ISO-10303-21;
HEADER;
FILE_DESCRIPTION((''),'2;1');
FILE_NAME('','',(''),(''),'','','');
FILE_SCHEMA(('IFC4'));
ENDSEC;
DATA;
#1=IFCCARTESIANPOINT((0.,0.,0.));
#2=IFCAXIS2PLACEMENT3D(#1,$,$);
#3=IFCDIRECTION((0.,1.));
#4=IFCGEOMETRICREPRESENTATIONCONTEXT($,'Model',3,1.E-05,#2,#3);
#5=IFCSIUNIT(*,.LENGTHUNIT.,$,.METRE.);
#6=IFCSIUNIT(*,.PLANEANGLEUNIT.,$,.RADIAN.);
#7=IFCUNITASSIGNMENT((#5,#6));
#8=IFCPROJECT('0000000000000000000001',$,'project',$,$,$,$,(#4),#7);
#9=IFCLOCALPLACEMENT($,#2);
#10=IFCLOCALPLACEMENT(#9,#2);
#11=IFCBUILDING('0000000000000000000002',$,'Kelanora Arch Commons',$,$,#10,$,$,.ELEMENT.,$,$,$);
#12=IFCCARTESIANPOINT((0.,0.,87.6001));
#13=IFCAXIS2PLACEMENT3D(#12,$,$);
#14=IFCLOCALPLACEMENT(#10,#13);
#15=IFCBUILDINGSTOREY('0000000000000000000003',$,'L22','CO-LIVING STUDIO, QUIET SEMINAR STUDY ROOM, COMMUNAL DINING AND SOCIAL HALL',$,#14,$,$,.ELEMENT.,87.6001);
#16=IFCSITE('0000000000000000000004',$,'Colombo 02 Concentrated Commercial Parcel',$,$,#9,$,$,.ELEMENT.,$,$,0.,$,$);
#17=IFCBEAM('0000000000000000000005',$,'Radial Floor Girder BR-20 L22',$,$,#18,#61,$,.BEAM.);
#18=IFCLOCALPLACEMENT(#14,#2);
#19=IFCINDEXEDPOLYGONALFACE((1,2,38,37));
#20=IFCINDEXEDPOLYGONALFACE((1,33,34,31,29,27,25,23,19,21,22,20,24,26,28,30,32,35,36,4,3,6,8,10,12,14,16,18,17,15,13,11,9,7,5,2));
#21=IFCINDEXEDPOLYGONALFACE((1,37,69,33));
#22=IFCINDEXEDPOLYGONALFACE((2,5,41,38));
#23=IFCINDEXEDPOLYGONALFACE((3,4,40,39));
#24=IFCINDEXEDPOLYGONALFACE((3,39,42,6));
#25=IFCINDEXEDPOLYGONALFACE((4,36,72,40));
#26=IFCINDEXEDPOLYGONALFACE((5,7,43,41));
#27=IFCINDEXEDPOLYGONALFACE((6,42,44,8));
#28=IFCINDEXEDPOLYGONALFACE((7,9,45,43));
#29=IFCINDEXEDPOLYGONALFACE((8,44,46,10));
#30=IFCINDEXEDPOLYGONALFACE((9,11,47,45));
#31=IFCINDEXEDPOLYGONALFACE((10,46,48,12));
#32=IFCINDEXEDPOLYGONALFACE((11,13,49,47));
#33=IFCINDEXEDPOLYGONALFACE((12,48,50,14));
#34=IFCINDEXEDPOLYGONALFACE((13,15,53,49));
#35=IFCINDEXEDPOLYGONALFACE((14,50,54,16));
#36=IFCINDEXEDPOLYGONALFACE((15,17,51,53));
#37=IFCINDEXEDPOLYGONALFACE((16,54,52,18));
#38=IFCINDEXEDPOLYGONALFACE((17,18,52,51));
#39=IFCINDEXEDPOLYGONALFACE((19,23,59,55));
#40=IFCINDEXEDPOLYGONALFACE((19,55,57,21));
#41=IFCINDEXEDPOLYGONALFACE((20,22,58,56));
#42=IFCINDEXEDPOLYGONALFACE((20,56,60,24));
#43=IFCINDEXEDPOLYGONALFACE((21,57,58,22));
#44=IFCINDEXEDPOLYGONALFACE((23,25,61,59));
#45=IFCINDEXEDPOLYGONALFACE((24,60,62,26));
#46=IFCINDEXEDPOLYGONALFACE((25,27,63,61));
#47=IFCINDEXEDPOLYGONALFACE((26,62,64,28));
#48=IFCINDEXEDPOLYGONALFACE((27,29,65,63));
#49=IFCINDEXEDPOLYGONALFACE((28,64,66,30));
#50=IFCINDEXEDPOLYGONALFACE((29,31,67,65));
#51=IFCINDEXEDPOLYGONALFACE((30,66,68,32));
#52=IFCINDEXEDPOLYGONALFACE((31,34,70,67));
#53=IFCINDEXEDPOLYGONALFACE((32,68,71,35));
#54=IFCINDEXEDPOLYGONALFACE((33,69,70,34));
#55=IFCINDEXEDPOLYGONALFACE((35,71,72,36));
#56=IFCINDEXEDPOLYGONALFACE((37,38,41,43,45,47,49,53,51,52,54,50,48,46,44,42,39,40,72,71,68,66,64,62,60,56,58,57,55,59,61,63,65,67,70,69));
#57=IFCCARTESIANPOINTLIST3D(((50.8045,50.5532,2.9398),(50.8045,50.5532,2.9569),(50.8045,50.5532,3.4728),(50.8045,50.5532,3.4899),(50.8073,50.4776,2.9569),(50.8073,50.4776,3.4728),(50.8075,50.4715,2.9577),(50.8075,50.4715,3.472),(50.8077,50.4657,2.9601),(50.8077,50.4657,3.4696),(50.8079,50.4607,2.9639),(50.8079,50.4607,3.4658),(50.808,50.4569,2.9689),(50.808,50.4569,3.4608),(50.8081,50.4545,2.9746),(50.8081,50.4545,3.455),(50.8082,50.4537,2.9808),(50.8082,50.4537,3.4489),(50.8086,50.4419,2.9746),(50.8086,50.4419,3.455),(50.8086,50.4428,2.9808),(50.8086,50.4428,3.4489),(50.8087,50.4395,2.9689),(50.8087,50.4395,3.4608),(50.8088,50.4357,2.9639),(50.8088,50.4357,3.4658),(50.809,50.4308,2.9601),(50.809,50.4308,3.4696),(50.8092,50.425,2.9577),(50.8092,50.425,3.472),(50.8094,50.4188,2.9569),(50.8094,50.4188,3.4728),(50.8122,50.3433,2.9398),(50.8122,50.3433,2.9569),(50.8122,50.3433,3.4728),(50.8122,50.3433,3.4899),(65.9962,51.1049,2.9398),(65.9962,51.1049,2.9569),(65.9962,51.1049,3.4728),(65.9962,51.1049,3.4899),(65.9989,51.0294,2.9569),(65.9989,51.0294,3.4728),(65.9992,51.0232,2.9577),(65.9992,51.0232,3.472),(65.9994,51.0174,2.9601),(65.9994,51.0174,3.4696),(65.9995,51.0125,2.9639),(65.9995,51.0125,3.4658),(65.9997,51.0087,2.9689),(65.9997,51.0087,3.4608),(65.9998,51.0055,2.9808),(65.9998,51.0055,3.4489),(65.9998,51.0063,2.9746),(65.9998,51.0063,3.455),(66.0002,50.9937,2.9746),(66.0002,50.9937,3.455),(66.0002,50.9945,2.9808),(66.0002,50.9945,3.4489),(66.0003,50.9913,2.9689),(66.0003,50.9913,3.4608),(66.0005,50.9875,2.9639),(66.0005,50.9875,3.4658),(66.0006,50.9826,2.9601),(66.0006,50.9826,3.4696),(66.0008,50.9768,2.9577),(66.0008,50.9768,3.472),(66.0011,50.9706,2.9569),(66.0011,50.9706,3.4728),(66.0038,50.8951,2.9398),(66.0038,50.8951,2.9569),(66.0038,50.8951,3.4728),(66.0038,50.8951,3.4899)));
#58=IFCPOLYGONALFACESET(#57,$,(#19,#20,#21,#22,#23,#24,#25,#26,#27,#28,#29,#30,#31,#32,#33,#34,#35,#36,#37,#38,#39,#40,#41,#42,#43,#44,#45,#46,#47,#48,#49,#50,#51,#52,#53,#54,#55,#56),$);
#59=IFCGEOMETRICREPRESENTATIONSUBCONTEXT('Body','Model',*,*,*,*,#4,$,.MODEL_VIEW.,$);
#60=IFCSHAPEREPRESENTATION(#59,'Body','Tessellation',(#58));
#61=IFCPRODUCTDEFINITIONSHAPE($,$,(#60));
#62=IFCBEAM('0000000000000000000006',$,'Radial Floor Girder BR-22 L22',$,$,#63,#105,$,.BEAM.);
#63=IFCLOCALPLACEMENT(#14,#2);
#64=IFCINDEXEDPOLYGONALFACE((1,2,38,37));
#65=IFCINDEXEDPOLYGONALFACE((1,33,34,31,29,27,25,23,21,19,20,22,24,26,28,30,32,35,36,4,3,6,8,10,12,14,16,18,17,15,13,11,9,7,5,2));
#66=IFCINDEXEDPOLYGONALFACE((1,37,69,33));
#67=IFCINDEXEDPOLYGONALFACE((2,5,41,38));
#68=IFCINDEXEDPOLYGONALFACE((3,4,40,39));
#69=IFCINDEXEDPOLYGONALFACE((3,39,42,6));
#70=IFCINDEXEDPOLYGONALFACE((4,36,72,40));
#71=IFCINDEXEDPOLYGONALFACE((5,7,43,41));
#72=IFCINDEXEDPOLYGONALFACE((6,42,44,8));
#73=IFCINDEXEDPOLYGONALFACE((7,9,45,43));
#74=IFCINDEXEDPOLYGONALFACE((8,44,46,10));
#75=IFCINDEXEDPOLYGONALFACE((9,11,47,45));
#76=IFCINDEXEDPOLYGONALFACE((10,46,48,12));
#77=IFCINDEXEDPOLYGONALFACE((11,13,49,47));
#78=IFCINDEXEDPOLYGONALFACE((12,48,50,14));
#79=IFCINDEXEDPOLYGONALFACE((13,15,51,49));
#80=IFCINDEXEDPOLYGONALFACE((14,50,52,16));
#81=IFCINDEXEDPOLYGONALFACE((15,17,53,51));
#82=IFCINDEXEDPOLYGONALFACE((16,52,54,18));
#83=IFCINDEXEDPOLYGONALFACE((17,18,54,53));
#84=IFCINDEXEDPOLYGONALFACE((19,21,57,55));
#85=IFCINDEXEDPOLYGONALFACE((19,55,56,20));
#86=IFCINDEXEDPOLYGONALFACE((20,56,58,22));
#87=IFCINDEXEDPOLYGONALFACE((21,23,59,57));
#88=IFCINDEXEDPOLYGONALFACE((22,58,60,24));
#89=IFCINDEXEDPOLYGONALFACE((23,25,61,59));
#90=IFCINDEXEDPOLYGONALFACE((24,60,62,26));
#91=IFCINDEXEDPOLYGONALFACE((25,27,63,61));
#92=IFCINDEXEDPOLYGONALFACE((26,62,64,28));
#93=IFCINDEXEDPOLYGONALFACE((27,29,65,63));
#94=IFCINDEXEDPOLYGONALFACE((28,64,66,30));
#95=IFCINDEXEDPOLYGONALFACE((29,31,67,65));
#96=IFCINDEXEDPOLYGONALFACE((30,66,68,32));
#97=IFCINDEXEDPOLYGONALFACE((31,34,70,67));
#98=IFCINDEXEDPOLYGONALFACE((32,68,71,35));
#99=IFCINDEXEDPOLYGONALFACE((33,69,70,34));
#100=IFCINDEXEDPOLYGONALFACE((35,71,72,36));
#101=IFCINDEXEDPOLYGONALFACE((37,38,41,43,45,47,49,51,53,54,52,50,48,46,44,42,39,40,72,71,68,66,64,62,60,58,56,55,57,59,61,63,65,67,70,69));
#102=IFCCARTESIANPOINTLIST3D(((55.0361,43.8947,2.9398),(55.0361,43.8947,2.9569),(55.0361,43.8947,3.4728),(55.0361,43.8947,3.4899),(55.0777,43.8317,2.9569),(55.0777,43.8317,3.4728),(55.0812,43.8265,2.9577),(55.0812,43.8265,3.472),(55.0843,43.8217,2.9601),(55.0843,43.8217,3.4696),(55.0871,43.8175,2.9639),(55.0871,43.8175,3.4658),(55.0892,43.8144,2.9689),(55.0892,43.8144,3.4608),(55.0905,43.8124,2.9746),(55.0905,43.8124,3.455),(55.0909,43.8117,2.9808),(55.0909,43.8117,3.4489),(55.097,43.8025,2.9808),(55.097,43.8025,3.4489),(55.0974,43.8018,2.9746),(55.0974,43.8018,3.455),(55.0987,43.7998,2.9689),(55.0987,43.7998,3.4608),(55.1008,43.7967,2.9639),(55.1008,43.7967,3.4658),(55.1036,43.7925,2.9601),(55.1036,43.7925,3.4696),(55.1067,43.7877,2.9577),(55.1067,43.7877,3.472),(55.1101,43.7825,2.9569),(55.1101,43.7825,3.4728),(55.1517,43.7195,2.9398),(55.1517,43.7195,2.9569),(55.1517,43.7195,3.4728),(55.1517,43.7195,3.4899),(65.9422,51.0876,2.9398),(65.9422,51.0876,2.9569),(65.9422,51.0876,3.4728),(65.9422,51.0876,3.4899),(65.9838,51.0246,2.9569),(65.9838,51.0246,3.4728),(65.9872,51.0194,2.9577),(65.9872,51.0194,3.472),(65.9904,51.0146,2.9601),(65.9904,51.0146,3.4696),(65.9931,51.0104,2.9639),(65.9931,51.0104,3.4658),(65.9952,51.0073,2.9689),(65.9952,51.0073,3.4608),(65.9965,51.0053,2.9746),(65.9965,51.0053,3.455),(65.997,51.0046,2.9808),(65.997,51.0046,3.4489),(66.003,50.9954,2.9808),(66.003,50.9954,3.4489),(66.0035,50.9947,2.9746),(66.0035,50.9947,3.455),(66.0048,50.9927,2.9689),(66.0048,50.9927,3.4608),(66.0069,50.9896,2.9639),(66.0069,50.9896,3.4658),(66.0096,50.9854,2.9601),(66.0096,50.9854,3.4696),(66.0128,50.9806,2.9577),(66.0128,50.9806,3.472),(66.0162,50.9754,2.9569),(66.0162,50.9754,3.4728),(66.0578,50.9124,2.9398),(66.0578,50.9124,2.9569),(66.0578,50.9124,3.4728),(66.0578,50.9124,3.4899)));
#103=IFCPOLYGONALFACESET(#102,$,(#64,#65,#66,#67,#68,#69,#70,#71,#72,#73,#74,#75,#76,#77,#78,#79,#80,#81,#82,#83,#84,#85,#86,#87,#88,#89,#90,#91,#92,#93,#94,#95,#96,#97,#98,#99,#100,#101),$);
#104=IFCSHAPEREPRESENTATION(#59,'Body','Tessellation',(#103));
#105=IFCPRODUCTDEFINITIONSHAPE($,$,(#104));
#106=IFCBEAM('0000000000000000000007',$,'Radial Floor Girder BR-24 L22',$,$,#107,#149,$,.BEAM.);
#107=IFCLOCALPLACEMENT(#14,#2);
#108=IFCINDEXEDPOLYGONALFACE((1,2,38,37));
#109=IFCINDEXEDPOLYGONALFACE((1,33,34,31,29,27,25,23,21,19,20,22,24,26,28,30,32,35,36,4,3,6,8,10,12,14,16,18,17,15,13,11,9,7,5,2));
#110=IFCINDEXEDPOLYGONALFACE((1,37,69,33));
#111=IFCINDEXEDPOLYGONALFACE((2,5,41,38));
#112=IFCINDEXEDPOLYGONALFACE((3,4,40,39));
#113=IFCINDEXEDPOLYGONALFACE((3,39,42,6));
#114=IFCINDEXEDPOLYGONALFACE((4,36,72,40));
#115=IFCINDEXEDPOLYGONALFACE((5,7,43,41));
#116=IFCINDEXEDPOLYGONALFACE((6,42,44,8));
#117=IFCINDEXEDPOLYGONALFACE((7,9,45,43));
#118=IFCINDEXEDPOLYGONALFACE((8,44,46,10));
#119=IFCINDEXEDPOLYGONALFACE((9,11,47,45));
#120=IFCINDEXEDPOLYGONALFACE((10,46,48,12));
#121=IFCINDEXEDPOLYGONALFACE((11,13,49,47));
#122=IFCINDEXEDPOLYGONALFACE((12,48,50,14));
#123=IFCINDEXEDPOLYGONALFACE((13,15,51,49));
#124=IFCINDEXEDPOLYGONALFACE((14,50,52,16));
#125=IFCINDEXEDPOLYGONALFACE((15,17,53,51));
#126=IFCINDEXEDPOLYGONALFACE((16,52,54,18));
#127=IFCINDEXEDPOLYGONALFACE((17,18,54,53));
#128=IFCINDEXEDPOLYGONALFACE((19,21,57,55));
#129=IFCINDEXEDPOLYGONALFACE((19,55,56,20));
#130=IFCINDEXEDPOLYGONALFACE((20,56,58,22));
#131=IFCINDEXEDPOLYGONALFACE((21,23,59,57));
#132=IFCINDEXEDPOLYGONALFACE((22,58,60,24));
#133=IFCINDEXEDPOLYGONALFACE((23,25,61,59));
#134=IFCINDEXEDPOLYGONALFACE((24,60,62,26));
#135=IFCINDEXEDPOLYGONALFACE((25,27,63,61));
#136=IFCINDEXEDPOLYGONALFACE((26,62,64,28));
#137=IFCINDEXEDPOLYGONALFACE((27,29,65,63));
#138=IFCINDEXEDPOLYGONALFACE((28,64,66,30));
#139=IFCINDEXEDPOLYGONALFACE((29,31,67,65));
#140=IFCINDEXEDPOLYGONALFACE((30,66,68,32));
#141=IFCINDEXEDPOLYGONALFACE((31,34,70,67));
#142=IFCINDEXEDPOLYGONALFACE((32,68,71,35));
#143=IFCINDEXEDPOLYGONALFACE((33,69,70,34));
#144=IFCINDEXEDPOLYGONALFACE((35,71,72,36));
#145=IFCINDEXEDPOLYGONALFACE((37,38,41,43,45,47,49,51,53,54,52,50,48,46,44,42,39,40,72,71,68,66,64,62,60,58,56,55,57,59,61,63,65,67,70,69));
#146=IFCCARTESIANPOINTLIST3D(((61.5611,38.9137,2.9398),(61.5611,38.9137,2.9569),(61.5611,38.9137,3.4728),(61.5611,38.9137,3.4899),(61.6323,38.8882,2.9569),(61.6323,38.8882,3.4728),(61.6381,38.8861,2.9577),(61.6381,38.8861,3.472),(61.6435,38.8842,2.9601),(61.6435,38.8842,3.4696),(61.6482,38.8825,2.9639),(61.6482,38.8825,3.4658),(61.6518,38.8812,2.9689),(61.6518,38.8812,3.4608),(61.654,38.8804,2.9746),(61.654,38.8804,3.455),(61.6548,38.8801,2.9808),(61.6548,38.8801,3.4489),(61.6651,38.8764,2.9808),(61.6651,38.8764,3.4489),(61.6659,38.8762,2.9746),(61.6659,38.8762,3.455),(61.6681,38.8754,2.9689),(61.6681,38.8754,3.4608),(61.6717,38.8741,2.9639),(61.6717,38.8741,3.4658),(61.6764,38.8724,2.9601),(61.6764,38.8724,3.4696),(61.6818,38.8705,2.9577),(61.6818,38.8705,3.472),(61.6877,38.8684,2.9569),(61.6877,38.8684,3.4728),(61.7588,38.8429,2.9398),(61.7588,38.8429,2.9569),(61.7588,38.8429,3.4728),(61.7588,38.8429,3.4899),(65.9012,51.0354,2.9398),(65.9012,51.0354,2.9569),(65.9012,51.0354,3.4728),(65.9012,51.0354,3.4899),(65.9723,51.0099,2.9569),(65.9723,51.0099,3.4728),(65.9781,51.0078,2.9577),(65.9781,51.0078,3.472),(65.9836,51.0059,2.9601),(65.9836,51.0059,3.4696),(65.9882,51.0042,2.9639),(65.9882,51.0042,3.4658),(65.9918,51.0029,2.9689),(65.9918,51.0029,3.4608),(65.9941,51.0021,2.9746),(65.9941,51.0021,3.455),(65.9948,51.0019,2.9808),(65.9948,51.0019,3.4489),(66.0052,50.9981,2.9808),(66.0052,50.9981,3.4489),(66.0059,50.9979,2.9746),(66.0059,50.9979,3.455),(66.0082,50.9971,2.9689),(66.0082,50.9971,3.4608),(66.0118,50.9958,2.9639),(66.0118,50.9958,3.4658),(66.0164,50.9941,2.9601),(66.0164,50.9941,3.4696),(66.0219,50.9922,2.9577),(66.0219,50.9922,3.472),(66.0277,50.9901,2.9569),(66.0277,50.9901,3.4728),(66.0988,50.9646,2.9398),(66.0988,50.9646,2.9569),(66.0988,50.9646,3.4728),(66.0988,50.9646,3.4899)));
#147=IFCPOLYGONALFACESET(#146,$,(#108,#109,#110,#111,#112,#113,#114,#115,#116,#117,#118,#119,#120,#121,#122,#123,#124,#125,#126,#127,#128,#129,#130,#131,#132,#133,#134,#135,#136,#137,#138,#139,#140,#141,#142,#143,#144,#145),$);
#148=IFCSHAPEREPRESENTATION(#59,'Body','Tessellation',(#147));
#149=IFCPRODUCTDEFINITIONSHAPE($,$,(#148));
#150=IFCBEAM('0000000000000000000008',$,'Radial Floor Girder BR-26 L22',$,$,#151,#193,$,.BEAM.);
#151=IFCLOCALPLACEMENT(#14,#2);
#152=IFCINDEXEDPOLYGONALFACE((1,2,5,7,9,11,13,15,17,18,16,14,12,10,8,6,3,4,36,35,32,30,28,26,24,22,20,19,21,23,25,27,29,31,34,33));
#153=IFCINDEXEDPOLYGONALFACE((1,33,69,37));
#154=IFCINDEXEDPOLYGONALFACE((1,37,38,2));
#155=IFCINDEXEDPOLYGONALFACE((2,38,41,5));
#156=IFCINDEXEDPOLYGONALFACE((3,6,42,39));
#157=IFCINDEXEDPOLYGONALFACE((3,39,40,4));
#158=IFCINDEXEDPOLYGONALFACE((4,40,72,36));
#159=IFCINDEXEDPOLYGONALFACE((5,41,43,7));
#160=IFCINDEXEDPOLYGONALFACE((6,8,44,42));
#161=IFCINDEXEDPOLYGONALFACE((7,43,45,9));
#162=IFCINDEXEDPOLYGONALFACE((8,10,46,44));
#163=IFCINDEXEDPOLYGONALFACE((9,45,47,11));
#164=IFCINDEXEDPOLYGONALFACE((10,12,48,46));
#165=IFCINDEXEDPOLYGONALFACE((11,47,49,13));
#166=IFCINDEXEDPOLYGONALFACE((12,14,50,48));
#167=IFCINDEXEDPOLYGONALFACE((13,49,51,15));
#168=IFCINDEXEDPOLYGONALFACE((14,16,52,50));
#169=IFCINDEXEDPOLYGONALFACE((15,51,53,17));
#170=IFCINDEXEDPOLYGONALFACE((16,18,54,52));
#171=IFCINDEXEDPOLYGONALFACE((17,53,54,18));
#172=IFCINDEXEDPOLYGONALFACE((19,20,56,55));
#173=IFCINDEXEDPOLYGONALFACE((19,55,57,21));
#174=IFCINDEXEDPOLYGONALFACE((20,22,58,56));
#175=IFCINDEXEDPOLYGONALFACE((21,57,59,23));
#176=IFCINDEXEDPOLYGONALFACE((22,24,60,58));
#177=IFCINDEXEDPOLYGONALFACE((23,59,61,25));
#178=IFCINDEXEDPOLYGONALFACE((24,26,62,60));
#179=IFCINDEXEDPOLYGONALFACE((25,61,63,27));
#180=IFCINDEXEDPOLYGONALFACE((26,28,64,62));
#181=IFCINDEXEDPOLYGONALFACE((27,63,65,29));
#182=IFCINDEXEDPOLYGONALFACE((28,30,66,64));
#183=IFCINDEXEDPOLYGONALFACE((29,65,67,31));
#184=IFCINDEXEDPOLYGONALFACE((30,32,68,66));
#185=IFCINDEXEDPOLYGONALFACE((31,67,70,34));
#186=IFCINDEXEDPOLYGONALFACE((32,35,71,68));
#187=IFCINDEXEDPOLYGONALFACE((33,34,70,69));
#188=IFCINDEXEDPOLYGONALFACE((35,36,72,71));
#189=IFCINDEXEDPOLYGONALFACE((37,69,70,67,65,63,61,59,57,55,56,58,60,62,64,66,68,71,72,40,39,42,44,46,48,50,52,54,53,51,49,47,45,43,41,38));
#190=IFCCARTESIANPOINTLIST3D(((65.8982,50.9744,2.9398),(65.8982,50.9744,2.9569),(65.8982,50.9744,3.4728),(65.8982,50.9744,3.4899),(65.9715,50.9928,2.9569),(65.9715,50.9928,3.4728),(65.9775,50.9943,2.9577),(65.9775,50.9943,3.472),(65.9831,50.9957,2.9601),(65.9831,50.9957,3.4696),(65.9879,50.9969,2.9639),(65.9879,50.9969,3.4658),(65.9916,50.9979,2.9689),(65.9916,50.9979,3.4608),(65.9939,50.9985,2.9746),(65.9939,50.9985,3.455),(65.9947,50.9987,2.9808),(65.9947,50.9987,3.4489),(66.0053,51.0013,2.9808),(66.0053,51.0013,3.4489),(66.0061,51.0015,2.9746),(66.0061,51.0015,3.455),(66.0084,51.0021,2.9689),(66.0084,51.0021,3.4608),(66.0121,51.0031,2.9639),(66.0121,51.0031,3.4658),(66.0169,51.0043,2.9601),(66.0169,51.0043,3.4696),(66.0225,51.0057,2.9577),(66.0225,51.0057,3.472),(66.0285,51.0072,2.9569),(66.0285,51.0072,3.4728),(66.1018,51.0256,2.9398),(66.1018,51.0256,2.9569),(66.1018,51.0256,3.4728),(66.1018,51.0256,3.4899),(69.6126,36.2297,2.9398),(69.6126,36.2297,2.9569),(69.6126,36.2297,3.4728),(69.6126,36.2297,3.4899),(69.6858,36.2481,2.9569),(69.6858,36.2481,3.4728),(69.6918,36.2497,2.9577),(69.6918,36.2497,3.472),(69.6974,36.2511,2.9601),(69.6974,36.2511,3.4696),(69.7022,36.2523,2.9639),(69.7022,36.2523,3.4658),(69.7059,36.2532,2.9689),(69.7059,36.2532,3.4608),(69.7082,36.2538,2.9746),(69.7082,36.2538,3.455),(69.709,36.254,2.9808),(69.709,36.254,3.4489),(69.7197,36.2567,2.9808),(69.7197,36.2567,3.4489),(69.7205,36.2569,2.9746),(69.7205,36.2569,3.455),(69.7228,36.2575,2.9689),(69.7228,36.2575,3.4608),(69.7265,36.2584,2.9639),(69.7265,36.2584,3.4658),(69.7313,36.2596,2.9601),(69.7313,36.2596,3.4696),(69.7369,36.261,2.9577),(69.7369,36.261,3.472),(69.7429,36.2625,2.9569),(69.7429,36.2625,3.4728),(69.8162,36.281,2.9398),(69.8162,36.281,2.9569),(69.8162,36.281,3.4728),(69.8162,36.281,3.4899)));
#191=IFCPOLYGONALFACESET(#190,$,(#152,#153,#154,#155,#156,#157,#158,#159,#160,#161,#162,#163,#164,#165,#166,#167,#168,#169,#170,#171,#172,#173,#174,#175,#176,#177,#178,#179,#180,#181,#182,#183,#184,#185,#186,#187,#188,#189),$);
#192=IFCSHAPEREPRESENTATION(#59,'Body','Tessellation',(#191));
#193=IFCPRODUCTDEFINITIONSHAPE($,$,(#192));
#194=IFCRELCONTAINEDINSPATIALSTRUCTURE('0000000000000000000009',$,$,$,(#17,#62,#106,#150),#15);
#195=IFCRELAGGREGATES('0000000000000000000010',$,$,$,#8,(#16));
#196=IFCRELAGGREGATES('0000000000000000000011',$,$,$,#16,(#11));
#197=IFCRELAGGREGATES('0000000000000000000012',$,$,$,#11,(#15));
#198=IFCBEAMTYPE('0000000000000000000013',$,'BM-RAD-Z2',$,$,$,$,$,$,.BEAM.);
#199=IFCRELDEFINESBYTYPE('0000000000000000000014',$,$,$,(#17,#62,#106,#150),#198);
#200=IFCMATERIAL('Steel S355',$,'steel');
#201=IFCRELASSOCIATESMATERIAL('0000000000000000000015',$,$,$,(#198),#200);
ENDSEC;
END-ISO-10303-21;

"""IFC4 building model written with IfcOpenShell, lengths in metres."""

from ifc_helpers import new_model, si_unit, direction, frame, origin, origin_2d, place, context, subcontext, project, spatial, i_section, extrude, material, material_profile, profile_set, type_object, element, save


model = new_model("IFC4")

# Units and contexts
model_context = context("Model", 3, precision=1e-05, world=origin(), true_north=direction((0.0, 1.0)))
body_context = subcontext(model_context, "Body", "Model", "MODEL_VIEW")
ifc_project = project(units=[si_unit("LENGTHUNIT", "METRE"), si_unit("PLANEANGLEUNIT", "RADIAN")], contexts=[model_context])

# Site, building, storey
site_placement = place(None, origin())
site = spatial("IfcSite", under=ifc_project, at=site_placement, Name="Colombo 02 Concentrated Commercial Parcel", CompositionType="ELEMENT", RefElevation=0.0)
building_placement = place(site_placement, origin())
building = spatial("IfcBuilding", under=site, at=building_placement, Name="Kelanora Arch Commons", CompositionType="ELEMENT")
storey_placement = place(building_placement, frame((0.0, 0.0, 87.6001)))
storey = spatial("IfcBuildingStorey", under=building, at=storey_placement, Name="L22", Description="CO-LIVING STUDIO, QUIET SEMINAR STUDY ROOM, COMMUNAL DINING AND SOCIAL HALL", CompositionType="ELEMENT", Elevation=87.6001)

# Beams
ifc_material_1 = material(Name="Steel S355", Category="steel")
ifc_material_profile_1 = material_profile(ifc_material_1, i_section(OverallWidth=0.21, OverallDepth=0.55, WebThickness=0.011, FlangeThickness=0.0171, FilletRadius=0.0239, at=origin_2d()), Name="IPE550")
ifc_profile_set_1 = profile_set([ifc_material_profile_1], Name="Steel S355")
beam_type_1 = type_object("IfcBeamType", Name="BM-RAD-Z2", PredefinedType="BEAM", material=ifc_profile_set_1)
beam_1_placement = place(storey_placement, frame((66.0, 51.0, 3.2148), z_axis=(-0.999341, -0.036296, 0.0), x_axis=(0.036296, -0.999341, 0.0)))
element("IfcBeam", 1, at=beam_1_placement, inside=storey, type_object=beam_type_1, Name="Radial Floor Girder BR-20 L22", PredefinedType="BEAM", context=body_context, shape_type="SweptSolid", body=[
    extrude(i_section(OverallWidth=0.21, OverallDepth=0.55, WebThickness=0.011, FlangeThickness=0.0171, FilletRadius=0.0239, at=origin_2d()), origin(), (0.0, 0.0, 1.0), 15.2017),
])
beam_2_placement = place(storey_placement, frame((66.0, 51.0, 3.2148), z_axis=(-0.834789, -0.550571, 0.0), x_axis=(0.550571, -0.834789, 0.0)))
element("IfcBeam", 2, at=beam_2_placement, inside=storey, type_object=beam_type_1, Name="Radial Floor Girder BR-22 L22", PredefinedType="BEAM", context=body_context, shape_type="SweptSolid", body=[
    extrude(i_section(OverallWidth=0.21, OverallDepth=0.55, WebThickness=0.011, FlangeThickness=0.0171, FilletRadius=0.0239, at=origin_2d()), origin(), (0.0, 0.0, 1.0), 13.0645),
])
beam_3_placement = place(storey_placement, frame((66.0, 51.0, 3.2148), z_axis=(-0.337085, -0.941474, 0.0), x_axis=(0.941474, -0.337085, 0.0)))
element("IfcBeam", 3, at=beam_3_placement, inside=storey, type_object=beam_type_1, Name="Radial Floor Girder BR-24 L22", PredefinedType="BEAM", context=body_context, shape_type="SweptSolid", body=[
    extrude(i_section(OverallWidth=0.21, OverallDepth=0.55, WebThickness=0.011, FlangeThickness=0.0171, FilletRadius=0.0239, at=origin_2d()), origin(), (0.0, 0.0, 1.0), 12.8752),
])
beam_4_placement = place(storey_placement, frame((66.0, 51.0, 3.2148), z_axis=(0.244281, -0.969705, 0.0), x_axis=(0.969705, 0.244281, 0.0)))
element("IfcBeam", 4, at=beam_4_placement, inside=storey, type_object=beam_type_1, Name="Radial Floor Girder BR-26 L22", PredefinedType="BEAM", context=body_context, shape_type="SweptSolid", body=[
    extrude(i_section(OverallWidth=0.21, OverallDepth=0.55, WebThickness=0.011, FlangeThickness=0.0171, FilletRadius=0.0239, at=origin_2d()), origin(), (0.0, 0.0, 1.0), 15.2053),
])

save(model, "model.ifc")
